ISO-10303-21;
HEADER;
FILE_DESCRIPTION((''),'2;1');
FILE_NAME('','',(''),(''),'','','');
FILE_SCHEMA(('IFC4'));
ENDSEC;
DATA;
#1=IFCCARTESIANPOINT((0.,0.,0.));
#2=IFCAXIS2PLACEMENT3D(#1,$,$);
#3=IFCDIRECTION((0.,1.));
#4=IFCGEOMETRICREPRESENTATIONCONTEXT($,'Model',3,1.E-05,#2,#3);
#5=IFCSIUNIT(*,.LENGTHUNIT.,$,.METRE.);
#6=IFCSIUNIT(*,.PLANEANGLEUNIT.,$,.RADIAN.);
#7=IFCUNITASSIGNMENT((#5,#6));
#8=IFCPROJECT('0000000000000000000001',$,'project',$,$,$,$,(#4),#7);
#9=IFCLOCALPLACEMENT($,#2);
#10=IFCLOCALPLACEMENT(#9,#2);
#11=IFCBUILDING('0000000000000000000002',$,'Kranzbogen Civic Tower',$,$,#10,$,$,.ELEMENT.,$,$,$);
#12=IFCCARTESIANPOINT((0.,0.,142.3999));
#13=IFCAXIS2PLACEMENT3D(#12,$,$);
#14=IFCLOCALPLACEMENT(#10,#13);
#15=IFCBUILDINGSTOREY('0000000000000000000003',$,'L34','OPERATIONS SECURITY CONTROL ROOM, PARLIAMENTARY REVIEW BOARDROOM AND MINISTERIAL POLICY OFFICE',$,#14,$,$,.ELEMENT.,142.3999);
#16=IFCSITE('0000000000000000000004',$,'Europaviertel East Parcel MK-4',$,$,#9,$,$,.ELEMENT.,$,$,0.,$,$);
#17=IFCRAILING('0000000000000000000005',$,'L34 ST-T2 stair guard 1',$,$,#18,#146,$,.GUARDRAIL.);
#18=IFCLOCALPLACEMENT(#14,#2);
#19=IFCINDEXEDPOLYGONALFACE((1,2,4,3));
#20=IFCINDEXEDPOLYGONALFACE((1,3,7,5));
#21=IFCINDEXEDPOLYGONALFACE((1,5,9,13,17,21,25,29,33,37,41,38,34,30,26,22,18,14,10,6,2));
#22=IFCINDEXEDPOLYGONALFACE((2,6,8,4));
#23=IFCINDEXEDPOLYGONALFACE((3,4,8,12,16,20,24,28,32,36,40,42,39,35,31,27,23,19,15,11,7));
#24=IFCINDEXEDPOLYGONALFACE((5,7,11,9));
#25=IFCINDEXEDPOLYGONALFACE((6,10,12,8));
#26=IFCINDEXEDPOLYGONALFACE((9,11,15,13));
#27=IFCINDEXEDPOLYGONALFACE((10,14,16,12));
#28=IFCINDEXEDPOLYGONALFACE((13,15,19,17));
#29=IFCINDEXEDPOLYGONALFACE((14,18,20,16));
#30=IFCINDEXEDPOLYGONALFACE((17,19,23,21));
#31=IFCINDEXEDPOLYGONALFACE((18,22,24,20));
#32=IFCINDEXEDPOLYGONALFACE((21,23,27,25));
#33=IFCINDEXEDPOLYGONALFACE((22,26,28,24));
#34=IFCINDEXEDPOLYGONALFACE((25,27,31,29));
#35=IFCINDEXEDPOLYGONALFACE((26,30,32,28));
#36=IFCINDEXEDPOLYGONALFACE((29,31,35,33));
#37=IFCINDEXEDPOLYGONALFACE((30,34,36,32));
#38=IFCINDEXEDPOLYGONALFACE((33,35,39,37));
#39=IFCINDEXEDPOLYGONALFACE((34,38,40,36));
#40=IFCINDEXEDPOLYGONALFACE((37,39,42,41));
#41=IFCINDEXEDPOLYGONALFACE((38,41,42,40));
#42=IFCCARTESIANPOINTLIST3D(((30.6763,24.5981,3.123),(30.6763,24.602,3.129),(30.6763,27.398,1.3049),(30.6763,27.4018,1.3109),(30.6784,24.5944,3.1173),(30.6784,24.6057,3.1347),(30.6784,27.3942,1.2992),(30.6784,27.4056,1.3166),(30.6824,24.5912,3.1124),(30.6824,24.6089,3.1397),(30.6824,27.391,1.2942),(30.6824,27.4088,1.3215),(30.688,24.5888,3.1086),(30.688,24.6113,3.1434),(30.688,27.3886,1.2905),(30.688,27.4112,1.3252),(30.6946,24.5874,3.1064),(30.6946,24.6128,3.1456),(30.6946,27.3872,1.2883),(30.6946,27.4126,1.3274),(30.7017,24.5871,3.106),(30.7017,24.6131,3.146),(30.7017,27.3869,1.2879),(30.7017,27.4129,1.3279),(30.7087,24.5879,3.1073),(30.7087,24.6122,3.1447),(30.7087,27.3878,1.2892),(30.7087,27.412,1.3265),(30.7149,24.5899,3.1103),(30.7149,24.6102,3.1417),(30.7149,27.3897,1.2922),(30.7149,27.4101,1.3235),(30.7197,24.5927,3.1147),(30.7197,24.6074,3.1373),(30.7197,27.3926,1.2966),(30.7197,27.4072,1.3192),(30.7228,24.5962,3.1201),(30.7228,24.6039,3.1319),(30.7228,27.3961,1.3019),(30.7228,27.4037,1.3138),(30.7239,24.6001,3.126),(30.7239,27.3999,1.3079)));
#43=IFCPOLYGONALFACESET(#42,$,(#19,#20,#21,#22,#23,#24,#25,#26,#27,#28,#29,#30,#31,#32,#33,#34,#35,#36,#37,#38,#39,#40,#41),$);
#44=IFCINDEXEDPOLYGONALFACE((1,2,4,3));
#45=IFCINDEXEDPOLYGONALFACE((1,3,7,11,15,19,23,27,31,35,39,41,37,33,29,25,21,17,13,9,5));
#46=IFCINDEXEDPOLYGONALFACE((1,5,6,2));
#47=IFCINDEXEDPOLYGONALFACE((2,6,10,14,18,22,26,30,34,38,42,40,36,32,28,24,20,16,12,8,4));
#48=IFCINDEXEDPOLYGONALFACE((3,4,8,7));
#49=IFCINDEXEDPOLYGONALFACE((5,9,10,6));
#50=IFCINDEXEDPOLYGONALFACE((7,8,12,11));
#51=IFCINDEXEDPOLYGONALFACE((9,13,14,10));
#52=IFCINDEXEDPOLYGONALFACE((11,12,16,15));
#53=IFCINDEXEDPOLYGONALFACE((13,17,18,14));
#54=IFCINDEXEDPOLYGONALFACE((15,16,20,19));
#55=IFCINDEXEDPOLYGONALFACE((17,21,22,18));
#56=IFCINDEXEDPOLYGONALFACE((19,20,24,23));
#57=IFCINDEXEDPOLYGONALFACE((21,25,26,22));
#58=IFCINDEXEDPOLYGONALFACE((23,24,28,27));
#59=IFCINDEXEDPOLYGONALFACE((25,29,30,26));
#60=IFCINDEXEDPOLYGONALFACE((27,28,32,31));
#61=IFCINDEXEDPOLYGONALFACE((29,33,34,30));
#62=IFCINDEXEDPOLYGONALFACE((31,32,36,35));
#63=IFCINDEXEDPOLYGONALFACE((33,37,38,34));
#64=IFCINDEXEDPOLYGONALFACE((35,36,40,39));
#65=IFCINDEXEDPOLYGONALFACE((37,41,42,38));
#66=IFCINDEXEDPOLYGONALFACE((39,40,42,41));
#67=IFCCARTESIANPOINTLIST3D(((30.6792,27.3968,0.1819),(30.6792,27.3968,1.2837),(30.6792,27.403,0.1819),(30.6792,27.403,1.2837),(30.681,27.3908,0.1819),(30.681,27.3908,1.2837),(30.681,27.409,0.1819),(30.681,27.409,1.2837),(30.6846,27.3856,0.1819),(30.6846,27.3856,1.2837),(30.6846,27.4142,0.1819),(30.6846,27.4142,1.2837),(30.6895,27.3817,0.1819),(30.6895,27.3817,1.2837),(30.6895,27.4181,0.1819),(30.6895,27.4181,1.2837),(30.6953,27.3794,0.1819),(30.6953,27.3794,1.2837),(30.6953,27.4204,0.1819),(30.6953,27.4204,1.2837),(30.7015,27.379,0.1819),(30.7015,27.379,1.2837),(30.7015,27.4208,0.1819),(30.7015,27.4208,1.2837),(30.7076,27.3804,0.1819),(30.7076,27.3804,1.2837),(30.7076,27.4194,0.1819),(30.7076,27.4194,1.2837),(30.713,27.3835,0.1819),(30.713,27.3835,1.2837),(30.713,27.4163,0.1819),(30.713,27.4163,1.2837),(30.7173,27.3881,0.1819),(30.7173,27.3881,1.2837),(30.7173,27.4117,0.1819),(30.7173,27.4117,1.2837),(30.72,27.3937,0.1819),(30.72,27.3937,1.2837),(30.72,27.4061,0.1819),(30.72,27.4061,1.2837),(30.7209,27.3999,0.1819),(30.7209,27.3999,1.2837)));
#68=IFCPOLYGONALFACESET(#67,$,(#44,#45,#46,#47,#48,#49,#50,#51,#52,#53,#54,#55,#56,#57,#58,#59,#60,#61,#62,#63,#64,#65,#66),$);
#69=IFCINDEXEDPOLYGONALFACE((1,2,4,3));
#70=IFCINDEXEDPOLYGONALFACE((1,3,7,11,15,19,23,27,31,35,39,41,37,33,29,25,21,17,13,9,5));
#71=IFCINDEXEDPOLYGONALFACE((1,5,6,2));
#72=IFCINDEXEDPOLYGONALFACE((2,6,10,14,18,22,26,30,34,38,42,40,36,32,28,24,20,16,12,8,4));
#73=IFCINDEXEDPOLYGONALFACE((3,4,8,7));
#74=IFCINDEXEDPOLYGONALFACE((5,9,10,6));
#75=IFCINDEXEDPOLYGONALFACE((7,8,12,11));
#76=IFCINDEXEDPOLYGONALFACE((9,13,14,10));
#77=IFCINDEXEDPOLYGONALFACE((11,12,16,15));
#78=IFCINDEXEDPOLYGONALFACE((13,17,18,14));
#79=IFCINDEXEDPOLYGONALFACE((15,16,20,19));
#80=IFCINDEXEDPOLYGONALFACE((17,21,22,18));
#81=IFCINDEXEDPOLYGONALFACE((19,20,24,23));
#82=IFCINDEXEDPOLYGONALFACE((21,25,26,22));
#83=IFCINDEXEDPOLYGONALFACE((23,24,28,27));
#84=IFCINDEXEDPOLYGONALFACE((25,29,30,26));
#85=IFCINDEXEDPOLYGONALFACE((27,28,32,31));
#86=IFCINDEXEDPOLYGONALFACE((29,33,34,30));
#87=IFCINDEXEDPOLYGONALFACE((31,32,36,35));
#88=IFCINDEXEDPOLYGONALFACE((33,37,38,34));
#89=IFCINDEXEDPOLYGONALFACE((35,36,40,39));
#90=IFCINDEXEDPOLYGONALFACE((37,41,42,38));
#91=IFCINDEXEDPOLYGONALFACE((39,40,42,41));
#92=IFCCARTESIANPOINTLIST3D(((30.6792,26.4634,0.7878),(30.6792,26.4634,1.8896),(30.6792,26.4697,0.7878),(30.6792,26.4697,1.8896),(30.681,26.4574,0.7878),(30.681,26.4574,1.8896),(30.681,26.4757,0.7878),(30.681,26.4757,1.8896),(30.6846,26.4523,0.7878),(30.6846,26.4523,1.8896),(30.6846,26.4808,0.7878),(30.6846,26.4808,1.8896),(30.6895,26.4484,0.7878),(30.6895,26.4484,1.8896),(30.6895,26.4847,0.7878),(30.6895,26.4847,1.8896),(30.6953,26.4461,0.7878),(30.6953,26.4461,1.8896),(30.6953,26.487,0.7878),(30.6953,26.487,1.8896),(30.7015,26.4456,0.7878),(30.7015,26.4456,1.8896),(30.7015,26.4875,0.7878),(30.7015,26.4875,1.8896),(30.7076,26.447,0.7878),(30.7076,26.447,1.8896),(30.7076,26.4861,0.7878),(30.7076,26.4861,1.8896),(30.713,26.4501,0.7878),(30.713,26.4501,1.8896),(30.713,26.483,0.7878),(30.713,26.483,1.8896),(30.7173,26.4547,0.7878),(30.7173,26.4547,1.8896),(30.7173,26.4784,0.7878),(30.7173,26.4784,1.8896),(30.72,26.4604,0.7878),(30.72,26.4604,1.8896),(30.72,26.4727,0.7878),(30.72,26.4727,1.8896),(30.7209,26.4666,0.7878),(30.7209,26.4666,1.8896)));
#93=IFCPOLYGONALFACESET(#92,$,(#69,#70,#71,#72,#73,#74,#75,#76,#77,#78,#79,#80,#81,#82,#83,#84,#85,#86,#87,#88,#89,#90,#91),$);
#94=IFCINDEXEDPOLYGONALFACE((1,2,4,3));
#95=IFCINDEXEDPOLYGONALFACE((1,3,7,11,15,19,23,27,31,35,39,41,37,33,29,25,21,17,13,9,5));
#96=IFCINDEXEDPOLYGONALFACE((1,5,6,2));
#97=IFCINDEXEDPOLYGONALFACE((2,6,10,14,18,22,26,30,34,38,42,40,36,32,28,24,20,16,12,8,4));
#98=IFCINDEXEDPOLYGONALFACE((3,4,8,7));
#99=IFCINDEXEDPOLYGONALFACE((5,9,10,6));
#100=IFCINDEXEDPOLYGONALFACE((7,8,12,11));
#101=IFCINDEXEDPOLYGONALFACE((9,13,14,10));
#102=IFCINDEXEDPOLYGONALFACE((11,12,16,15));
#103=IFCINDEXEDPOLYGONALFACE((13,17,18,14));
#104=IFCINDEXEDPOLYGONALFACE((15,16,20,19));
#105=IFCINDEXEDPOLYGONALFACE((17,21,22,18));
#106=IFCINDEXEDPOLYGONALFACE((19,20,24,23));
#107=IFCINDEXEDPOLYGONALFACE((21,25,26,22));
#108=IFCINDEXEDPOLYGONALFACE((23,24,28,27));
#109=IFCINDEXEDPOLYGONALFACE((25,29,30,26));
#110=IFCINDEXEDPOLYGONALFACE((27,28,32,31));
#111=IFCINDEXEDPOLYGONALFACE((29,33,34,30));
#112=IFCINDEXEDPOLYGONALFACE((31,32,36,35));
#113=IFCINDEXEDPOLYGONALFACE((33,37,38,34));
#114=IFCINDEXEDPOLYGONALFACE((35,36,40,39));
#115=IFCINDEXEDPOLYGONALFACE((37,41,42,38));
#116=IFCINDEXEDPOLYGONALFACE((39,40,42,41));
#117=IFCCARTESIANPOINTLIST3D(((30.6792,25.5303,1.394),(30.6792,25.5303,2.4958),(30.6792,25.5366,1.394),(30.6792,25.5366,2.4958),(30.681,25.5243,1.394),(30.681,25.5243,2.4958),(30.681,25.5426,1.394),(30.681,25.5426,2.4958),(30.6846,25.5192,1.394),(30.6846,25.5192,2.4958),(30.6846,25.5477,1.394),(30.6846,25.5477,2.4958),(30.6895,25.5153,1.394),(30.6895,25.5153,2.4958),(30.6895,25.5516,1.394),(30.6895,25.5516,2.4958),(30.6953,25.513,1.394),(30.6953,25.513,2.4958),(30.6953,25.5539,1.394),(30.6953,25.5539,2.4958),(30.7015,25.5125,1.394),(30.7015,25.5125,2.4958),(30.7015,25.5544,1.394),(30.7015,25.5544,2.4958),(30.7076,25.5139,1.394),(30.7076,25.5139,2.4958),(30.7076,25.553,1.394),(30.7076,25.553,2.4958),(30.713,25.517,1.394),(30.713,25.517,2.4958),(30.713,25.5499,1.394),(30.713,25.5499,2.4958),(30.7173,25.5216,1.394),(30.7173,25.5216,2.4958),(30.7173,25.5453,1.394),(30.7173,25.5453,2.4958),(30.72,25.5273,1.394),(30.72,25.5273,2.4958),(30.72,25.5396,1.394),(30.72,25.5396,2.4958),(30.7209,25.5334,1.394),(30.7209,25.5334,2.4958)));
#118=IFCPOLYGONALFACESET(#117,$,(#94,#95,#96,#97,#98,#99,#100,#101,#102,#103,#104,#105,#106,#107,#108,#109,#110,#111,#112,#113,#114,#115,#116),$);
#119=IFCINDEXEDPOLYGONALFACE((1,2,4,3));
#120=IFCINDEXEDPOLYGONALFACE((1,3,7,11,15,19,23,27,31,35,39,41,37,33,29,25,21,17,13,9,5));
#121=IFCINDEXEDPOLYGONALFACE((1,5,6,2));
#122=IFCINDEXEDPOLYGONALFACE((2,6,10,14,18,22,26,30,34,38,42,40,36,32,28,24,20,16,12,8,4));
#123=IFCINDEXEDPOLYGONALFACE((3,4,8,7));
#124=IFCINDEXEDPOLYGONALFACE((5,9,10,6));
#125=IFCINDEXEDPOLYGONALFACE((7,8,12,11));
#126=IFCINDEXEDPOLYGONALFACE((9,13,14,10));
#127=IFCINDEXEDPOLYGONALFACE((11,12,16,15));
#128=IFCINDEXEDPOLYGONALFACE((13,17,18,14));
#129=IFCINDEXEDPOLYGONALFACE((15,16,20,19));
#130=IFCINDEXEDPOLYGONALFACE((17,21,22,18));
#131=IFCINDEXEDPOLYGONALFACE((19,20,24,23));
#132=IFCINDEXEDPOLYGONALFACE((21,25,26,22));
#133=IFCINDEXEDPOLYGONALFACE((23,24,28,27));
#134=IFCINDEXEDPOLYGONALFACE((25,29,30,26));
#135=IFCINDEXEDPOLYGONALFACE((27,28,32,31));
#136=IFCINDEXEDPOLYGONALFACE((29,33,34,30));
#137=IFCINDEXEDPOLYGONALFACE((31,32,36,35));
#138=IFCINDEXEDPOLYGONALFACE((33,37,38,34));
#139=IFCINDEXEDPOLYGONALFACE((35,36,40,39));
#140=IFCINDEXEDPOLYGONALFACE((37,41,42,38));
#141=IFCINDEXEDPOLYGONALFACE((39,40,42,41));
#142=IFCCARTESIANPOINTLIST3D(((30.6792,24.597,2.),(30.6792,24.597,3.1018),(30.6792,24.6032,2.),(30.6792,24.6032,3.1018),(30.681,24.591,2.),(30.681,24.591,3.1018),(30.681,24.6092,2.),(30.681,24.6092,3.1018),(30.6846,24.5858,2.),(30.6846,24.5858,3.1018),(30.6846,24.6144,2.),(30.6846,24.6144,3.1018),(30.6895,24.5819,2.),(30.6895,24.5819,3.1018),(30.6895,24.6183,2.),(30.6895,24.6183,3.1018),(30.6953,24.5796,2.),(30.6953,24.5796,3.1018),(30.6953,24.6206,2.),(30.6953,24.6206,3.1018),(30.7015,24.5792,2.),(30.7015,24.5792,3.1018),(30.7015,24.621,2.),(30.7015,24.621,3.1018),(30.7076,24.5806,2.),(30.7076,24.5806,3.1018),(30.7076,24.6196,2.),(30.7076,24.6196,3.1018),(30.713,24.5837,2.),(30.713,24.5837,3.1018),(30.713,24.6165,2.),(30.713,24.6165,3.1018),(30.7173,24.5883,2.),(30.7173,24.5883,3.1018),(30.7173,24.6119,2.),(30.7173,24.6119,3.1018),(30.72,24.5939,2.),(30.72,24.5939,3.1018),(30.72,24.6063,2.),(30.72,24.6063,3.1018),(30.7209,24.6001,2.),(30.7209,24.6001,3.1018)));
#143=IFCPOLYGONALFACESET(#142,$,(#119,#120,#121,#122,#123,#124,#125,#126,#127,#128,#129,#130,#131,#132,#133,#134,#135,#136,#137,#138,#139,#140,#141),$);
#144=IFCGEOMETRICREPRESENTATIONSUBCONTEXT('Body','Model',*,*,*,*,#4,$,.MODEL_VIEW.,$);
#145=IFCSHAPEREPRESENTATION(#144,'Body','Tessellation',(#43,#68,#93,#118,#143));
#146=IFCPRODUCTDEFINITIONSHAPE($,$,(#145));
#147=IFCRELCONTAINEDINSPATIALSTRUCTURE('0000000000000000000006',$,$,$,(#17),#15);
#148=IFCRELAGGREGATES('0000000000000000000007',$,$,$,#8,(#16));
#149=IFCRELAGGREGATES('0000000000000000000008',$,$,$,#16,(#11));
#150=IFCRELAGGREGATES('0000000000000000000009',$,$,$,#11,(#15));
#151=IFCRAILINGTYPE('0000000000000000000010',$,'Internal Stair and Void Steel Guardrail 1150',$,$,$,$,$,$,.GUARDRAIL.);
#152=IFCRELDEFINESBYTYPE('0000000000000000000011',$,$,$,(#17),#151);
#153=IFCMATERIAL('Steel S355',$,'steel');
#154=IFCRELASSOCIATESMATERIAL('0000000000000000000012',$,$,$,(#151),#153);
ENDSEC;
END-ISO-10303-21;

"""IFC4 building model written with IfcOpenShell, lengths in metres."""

from ifc_helpers import new_model, si_unit, direction, frame, origin, origin_2d, place, context, subcontext, project, spatial, circle, extrude, material, type_object, element, save


model = new_model("IFC4")

# Units and contexts
model_context = context("Model", 3, precision=1e-05, world=origin(), true_north=direction((0.0, 1.0)))
body_context = subcontext(model_context, "Body", "Model", "MODEL_VIEW")
ifc_project = project(units=[si_unit("LENGTHUNIT", "METRE"), si_unit("PLANEANGLEUNIT", "RADIAN")], contexts=[model_context])

# Site, building, storey
site_placement = place(None, origin())
site = spatial("IfcSite", under=ifc_project, at=site_placement, Name="Europaviertel East Parcel MK-4", CompositionType="ELEMENT", RefElevation=0.0)
building_placement = place(site_placement, origin())
building = spatial("IfcBuilding", under=site, at=building_placement, Name="Kranzbogen Civic Tower", CompositionType="ELEMENT")
storey_placement = place(building_placement, frame((0.0, 0.0, 142.3999)))
storey = spatial("IfcBuildingStorey", under=building, at=storey_placement, Name="L34", Description="OPERATIONS SECURITY CONTROL ROOM, PARLIAMENTARY REVIEW BOARDROOM AND MINISTERIAL POLICY OFFICE", CompositionType="ELEMENT", Elevation=142.3999)

# Shared definitions
ifc_material_1 = material(Name="Steel S355", Category="steel")

# Railing
railing_type_1 = type_object("IfcRailingType", Name="Internal Stair and Void Steel Guardrail 1150", PredefinedType="GUARDRAIL", material=ifc_material_1)
railing_1_placement = place(storey_placement, frame((30.7, 27.3999, 0.1819)))
element("IfcRailing", 1, at=railing_1_placement, inside=storey, type_object=railing_type_1, Name="L34 ST-T2 stair guard 1", PredefinedType="GUARDRAIL", context=body_context, shape_type="SweptSolid", body=[
    extrude(circle(Radius=0.0239, at=origin_2d()), frame((0.0, 0.0, 1.126), z_axis=(0.0, -0.838684, 0.544618), x_axis=(1.0, 0.0, 0.0)), (0.0, 0.0, 1.0), 3.3384),
    extrude(circle(Radius=0.021, at=origin_2d()), origin(), (0.0, 0.0, 1.0), 1.1018),
    extrude(circle(Radius=0.021, at=origin_2d()), frame((0.0, -0.9333, 0.606)), (0.0, 0.0, 1.0), 1.1018),
    extrude(circle(Radius=0.021, at=origin_2d()), frame((0.0, -1.8665, 1.2122)), (0.0, 0.0, 1.0), 1.1018),
    extrude(circle(Radius=0.021, at=origin_2d()), frame((0.0, -2.7998, 1.8181)), (0.0, 0.0, 1.0), 1.1018),
])

save(model, "model.ifc")
